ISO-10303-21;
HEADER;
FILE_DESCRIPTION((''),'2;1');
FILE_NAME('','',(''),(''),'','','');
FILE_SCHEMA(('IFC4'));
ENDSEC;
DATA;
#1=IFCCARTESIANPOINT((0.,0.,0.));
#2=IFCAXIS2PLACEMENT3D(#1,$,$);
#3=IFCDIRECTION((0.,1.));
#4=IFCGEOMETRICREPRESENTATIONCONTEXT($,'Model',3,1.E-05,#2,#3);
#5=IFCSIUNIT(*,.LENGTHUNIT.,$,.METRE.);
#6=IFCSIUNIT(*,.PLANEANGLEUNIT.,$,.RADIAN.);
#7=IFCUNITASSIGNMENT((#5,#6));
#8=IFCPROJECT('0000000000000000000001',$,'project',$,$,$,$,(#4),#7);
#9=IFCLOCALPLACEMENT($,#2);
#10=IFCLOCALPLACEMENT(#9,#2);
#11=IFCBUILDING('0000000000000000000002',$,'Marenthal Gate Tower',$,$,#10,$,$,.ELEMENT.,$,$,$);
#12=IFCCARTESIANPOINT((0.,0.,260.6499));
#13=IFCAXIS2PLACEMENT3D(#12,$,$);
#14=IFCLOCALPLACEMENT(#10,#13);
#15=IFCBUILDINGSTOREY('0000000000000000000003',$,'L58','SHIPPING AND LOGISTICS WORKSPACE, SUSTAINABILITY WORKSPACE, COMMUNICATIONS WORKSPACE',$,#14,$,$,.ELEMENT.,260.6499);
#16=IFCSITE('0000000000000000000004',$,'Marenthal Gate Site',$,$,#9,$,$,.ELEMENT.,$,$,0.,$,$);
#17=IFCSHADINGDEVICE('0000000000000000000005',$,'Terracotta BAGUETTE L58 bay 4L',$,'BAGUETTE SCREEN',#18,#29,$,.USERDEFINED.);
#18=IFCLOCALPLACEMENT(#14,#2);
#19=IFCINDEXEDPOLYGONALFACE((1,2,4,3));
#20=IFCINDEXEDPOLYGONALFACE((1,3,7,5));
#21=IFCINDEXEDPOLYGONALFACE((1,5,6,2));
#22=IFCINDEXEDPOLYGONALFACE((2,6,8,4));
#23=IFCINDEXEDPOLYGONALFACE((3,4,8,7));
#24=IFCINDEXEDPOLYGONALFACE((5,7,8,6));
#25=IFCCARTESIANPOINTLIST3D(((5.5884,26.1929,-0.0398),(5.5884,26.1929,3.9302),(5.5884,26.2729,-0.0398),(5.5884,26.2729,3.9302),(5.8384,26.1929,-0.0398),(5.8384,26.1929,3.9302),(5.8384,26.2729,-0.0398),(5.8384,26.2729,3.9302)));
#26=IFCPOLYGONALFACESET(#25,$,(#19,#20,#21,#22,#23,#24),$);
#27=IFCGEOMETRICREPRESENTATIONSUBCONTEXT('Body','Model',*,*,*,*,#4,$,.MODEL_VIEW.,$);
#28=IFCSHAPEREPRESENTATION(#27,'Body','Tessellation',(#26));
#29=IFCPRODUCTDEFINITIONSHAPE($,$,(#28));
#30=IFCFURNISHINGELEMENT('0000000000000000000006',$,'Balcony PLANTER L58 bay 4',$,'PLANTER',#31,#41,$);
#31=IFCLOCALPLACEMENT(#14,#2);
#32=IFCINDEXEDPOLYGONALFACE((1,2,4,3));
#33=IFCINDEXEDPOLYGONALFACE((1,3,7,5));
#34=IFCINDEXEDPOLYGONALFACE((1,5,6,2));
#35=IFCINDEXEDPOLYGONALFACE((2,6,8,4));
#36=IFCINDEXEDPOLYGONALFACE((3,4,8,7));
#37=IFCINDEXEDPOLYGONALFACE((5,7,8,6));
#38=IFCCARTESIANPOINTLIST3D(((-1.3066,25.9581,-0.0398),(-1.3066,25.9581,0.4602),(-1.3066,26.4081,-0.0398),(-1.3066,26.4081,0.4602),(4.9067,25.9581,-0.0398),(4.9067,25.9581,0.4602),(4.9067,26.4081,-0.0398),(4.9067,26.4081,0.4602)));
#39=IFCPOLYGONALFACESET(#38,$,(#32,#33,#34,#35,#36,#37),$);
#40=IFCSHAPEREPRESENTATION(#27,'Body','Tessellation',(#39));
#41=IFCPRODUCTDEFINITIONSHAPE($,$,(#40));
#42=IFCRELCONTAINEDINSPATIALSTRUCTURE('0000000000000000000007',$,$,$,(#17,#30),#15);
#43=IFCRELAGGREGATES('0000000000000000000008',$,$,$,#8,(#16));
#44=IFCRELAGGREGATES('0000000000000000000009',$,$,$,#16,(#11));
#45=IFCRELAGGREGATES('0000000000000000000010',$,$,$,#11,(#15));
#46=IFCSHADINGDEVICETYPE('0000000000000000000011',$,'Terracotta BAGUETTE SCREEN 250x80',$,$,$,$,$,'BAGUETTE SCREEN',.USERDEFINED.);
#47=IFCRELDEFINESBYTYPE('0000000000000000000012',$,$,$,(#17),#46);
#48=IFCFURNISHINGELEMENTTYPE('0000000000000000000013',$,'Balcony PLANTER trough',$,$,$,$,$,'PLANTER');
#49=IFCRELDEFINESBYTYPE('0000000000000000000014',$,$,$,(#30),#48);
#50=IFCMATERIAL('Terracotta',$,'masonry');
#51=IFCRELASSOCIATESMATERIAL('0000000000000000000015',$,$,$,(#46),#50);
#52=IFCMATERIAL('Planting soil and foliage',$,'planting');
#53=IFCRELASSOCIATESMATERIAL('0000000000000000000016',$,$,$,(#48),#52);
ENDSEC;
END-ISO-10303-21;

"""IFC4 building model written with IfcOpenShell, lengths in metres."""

from ifc_helpers import new_model, si_unit, direction, frame, origin, origin_2d, place, context, subcontext, project, spatial, rectangle, extrude, material, material_profile, profile_set, type_object, element, save


model = new_model("IFC4")

# Units and contexts
model_context = context("Model", 3, precision=1e-05, world=origin(), true_north=direction((0.0, 1.0)))
body_context = subcontext(model_context, "Body", "Model", "MODEL_VIEW")
ifc_project = project(units=[si_unit("LENGTHUNIT", "METRE"), si_unit("PLANEANGLEUNIT", "RADIAN")], contexts=[model_context])

# Site, building, storey
site_placement = place(None, origin())
site = spatial("IfcSite", under=ifc_project, at=site_placement, Name="Marenthal Gate Site", CompositionType="ELEMENT", RefElevation=0.0)
building_placement = place(site_placement, origin())
building = spatial("IfcBuilding", under=site, at=building_placement, Name="Marenthal Gate Tower", CompositionType="ELEMENT")
storey_placement = place(building_placement, frame((0.0, 0.0, 260.6499)))
storey = spatial("IfcBuildingStorey", under=building, at=storey_placement, Name="L58", Description="SHIPPING AND LOGISTICS WORKSPACE, SUSTAINABILITY WORKSPACE, COMMUNICATIONS WORKSPACE", CompositionType="ELEMENT", Elevation=260.6499)

# Shading device
ifc_material_1 = material(Name="Terracotta", Category="masonry")
ifc_material_profile_1 = material_profile(ifc_material_1, rectangle(XDim=0.25, YDim=0.0801, at=origin_2d()), Name="Terracotta baguette 250x80")
ifc_profile_set_1 = profile_set([ifc_material_profile_1], Name="Terracotta")
shading_device_type = type_object("IfcShadingDeviceType", Name="Terracotta BAGUETTE SCREEN 250x80", ElementType="BAGUETTE SCREEN", PredefinedType="USERDEFINED", material=ifc_profile_set_1)
shading_device_placement = place(storey_placement, frame((5.7134, 26.2329, -0.0398), z_axis=(0.0, 0.0, 1.0), x_axis=(-1.0, 0.0, 0.0)))
element("IfcShadingDevice", 1, at=shading_device_placement, inside=storey, type_object=shading_device_type, Name="Terracotta BAGUETTE L58 bay 4L", ObjectType="BAGUETTE SCREEN", PredefinedType="USERDEFINED", context=body_context, shape_type="SweptSolid", body=[
    extrude(rectangle(XDim=0.25, YDim=0.0801, at=origin_2d()), origin(), (0.0, 0.0, 1.0), 3.97),
])

# Furnishing element
ifc_material_2 = material(Name="Planting soil and foliage", Category="planting")
furnishing_element_type = type_object("IfcFurnishingElementType", Name="Balcony PLANTER trough", ElementType="PLANTER", material=ifc_material_2)
furnishing_placement = place(storey_placement, frame((1.8, 26.1831, -0.0398), z_axis=(0.0, 0.0, 1.0), x_axis=(-1.0, 0.0, 0.0)))
element("IfcFurnishingElement", 2, at=furnishing_placement, inside=storey, type_object=furnishing_element_type, Name="Balcony PLANTER L58 bay 4", ObjectType="PLANTER", context=body_context, shape_type="SweptSolid", body=[
    extrude(rectangle(XDim=6.2134, YDim=0.45, at=origin_2d()), origin(), (0.0, 0.0, 1.0), 0.5),
])

save(model, "model.ifc")
